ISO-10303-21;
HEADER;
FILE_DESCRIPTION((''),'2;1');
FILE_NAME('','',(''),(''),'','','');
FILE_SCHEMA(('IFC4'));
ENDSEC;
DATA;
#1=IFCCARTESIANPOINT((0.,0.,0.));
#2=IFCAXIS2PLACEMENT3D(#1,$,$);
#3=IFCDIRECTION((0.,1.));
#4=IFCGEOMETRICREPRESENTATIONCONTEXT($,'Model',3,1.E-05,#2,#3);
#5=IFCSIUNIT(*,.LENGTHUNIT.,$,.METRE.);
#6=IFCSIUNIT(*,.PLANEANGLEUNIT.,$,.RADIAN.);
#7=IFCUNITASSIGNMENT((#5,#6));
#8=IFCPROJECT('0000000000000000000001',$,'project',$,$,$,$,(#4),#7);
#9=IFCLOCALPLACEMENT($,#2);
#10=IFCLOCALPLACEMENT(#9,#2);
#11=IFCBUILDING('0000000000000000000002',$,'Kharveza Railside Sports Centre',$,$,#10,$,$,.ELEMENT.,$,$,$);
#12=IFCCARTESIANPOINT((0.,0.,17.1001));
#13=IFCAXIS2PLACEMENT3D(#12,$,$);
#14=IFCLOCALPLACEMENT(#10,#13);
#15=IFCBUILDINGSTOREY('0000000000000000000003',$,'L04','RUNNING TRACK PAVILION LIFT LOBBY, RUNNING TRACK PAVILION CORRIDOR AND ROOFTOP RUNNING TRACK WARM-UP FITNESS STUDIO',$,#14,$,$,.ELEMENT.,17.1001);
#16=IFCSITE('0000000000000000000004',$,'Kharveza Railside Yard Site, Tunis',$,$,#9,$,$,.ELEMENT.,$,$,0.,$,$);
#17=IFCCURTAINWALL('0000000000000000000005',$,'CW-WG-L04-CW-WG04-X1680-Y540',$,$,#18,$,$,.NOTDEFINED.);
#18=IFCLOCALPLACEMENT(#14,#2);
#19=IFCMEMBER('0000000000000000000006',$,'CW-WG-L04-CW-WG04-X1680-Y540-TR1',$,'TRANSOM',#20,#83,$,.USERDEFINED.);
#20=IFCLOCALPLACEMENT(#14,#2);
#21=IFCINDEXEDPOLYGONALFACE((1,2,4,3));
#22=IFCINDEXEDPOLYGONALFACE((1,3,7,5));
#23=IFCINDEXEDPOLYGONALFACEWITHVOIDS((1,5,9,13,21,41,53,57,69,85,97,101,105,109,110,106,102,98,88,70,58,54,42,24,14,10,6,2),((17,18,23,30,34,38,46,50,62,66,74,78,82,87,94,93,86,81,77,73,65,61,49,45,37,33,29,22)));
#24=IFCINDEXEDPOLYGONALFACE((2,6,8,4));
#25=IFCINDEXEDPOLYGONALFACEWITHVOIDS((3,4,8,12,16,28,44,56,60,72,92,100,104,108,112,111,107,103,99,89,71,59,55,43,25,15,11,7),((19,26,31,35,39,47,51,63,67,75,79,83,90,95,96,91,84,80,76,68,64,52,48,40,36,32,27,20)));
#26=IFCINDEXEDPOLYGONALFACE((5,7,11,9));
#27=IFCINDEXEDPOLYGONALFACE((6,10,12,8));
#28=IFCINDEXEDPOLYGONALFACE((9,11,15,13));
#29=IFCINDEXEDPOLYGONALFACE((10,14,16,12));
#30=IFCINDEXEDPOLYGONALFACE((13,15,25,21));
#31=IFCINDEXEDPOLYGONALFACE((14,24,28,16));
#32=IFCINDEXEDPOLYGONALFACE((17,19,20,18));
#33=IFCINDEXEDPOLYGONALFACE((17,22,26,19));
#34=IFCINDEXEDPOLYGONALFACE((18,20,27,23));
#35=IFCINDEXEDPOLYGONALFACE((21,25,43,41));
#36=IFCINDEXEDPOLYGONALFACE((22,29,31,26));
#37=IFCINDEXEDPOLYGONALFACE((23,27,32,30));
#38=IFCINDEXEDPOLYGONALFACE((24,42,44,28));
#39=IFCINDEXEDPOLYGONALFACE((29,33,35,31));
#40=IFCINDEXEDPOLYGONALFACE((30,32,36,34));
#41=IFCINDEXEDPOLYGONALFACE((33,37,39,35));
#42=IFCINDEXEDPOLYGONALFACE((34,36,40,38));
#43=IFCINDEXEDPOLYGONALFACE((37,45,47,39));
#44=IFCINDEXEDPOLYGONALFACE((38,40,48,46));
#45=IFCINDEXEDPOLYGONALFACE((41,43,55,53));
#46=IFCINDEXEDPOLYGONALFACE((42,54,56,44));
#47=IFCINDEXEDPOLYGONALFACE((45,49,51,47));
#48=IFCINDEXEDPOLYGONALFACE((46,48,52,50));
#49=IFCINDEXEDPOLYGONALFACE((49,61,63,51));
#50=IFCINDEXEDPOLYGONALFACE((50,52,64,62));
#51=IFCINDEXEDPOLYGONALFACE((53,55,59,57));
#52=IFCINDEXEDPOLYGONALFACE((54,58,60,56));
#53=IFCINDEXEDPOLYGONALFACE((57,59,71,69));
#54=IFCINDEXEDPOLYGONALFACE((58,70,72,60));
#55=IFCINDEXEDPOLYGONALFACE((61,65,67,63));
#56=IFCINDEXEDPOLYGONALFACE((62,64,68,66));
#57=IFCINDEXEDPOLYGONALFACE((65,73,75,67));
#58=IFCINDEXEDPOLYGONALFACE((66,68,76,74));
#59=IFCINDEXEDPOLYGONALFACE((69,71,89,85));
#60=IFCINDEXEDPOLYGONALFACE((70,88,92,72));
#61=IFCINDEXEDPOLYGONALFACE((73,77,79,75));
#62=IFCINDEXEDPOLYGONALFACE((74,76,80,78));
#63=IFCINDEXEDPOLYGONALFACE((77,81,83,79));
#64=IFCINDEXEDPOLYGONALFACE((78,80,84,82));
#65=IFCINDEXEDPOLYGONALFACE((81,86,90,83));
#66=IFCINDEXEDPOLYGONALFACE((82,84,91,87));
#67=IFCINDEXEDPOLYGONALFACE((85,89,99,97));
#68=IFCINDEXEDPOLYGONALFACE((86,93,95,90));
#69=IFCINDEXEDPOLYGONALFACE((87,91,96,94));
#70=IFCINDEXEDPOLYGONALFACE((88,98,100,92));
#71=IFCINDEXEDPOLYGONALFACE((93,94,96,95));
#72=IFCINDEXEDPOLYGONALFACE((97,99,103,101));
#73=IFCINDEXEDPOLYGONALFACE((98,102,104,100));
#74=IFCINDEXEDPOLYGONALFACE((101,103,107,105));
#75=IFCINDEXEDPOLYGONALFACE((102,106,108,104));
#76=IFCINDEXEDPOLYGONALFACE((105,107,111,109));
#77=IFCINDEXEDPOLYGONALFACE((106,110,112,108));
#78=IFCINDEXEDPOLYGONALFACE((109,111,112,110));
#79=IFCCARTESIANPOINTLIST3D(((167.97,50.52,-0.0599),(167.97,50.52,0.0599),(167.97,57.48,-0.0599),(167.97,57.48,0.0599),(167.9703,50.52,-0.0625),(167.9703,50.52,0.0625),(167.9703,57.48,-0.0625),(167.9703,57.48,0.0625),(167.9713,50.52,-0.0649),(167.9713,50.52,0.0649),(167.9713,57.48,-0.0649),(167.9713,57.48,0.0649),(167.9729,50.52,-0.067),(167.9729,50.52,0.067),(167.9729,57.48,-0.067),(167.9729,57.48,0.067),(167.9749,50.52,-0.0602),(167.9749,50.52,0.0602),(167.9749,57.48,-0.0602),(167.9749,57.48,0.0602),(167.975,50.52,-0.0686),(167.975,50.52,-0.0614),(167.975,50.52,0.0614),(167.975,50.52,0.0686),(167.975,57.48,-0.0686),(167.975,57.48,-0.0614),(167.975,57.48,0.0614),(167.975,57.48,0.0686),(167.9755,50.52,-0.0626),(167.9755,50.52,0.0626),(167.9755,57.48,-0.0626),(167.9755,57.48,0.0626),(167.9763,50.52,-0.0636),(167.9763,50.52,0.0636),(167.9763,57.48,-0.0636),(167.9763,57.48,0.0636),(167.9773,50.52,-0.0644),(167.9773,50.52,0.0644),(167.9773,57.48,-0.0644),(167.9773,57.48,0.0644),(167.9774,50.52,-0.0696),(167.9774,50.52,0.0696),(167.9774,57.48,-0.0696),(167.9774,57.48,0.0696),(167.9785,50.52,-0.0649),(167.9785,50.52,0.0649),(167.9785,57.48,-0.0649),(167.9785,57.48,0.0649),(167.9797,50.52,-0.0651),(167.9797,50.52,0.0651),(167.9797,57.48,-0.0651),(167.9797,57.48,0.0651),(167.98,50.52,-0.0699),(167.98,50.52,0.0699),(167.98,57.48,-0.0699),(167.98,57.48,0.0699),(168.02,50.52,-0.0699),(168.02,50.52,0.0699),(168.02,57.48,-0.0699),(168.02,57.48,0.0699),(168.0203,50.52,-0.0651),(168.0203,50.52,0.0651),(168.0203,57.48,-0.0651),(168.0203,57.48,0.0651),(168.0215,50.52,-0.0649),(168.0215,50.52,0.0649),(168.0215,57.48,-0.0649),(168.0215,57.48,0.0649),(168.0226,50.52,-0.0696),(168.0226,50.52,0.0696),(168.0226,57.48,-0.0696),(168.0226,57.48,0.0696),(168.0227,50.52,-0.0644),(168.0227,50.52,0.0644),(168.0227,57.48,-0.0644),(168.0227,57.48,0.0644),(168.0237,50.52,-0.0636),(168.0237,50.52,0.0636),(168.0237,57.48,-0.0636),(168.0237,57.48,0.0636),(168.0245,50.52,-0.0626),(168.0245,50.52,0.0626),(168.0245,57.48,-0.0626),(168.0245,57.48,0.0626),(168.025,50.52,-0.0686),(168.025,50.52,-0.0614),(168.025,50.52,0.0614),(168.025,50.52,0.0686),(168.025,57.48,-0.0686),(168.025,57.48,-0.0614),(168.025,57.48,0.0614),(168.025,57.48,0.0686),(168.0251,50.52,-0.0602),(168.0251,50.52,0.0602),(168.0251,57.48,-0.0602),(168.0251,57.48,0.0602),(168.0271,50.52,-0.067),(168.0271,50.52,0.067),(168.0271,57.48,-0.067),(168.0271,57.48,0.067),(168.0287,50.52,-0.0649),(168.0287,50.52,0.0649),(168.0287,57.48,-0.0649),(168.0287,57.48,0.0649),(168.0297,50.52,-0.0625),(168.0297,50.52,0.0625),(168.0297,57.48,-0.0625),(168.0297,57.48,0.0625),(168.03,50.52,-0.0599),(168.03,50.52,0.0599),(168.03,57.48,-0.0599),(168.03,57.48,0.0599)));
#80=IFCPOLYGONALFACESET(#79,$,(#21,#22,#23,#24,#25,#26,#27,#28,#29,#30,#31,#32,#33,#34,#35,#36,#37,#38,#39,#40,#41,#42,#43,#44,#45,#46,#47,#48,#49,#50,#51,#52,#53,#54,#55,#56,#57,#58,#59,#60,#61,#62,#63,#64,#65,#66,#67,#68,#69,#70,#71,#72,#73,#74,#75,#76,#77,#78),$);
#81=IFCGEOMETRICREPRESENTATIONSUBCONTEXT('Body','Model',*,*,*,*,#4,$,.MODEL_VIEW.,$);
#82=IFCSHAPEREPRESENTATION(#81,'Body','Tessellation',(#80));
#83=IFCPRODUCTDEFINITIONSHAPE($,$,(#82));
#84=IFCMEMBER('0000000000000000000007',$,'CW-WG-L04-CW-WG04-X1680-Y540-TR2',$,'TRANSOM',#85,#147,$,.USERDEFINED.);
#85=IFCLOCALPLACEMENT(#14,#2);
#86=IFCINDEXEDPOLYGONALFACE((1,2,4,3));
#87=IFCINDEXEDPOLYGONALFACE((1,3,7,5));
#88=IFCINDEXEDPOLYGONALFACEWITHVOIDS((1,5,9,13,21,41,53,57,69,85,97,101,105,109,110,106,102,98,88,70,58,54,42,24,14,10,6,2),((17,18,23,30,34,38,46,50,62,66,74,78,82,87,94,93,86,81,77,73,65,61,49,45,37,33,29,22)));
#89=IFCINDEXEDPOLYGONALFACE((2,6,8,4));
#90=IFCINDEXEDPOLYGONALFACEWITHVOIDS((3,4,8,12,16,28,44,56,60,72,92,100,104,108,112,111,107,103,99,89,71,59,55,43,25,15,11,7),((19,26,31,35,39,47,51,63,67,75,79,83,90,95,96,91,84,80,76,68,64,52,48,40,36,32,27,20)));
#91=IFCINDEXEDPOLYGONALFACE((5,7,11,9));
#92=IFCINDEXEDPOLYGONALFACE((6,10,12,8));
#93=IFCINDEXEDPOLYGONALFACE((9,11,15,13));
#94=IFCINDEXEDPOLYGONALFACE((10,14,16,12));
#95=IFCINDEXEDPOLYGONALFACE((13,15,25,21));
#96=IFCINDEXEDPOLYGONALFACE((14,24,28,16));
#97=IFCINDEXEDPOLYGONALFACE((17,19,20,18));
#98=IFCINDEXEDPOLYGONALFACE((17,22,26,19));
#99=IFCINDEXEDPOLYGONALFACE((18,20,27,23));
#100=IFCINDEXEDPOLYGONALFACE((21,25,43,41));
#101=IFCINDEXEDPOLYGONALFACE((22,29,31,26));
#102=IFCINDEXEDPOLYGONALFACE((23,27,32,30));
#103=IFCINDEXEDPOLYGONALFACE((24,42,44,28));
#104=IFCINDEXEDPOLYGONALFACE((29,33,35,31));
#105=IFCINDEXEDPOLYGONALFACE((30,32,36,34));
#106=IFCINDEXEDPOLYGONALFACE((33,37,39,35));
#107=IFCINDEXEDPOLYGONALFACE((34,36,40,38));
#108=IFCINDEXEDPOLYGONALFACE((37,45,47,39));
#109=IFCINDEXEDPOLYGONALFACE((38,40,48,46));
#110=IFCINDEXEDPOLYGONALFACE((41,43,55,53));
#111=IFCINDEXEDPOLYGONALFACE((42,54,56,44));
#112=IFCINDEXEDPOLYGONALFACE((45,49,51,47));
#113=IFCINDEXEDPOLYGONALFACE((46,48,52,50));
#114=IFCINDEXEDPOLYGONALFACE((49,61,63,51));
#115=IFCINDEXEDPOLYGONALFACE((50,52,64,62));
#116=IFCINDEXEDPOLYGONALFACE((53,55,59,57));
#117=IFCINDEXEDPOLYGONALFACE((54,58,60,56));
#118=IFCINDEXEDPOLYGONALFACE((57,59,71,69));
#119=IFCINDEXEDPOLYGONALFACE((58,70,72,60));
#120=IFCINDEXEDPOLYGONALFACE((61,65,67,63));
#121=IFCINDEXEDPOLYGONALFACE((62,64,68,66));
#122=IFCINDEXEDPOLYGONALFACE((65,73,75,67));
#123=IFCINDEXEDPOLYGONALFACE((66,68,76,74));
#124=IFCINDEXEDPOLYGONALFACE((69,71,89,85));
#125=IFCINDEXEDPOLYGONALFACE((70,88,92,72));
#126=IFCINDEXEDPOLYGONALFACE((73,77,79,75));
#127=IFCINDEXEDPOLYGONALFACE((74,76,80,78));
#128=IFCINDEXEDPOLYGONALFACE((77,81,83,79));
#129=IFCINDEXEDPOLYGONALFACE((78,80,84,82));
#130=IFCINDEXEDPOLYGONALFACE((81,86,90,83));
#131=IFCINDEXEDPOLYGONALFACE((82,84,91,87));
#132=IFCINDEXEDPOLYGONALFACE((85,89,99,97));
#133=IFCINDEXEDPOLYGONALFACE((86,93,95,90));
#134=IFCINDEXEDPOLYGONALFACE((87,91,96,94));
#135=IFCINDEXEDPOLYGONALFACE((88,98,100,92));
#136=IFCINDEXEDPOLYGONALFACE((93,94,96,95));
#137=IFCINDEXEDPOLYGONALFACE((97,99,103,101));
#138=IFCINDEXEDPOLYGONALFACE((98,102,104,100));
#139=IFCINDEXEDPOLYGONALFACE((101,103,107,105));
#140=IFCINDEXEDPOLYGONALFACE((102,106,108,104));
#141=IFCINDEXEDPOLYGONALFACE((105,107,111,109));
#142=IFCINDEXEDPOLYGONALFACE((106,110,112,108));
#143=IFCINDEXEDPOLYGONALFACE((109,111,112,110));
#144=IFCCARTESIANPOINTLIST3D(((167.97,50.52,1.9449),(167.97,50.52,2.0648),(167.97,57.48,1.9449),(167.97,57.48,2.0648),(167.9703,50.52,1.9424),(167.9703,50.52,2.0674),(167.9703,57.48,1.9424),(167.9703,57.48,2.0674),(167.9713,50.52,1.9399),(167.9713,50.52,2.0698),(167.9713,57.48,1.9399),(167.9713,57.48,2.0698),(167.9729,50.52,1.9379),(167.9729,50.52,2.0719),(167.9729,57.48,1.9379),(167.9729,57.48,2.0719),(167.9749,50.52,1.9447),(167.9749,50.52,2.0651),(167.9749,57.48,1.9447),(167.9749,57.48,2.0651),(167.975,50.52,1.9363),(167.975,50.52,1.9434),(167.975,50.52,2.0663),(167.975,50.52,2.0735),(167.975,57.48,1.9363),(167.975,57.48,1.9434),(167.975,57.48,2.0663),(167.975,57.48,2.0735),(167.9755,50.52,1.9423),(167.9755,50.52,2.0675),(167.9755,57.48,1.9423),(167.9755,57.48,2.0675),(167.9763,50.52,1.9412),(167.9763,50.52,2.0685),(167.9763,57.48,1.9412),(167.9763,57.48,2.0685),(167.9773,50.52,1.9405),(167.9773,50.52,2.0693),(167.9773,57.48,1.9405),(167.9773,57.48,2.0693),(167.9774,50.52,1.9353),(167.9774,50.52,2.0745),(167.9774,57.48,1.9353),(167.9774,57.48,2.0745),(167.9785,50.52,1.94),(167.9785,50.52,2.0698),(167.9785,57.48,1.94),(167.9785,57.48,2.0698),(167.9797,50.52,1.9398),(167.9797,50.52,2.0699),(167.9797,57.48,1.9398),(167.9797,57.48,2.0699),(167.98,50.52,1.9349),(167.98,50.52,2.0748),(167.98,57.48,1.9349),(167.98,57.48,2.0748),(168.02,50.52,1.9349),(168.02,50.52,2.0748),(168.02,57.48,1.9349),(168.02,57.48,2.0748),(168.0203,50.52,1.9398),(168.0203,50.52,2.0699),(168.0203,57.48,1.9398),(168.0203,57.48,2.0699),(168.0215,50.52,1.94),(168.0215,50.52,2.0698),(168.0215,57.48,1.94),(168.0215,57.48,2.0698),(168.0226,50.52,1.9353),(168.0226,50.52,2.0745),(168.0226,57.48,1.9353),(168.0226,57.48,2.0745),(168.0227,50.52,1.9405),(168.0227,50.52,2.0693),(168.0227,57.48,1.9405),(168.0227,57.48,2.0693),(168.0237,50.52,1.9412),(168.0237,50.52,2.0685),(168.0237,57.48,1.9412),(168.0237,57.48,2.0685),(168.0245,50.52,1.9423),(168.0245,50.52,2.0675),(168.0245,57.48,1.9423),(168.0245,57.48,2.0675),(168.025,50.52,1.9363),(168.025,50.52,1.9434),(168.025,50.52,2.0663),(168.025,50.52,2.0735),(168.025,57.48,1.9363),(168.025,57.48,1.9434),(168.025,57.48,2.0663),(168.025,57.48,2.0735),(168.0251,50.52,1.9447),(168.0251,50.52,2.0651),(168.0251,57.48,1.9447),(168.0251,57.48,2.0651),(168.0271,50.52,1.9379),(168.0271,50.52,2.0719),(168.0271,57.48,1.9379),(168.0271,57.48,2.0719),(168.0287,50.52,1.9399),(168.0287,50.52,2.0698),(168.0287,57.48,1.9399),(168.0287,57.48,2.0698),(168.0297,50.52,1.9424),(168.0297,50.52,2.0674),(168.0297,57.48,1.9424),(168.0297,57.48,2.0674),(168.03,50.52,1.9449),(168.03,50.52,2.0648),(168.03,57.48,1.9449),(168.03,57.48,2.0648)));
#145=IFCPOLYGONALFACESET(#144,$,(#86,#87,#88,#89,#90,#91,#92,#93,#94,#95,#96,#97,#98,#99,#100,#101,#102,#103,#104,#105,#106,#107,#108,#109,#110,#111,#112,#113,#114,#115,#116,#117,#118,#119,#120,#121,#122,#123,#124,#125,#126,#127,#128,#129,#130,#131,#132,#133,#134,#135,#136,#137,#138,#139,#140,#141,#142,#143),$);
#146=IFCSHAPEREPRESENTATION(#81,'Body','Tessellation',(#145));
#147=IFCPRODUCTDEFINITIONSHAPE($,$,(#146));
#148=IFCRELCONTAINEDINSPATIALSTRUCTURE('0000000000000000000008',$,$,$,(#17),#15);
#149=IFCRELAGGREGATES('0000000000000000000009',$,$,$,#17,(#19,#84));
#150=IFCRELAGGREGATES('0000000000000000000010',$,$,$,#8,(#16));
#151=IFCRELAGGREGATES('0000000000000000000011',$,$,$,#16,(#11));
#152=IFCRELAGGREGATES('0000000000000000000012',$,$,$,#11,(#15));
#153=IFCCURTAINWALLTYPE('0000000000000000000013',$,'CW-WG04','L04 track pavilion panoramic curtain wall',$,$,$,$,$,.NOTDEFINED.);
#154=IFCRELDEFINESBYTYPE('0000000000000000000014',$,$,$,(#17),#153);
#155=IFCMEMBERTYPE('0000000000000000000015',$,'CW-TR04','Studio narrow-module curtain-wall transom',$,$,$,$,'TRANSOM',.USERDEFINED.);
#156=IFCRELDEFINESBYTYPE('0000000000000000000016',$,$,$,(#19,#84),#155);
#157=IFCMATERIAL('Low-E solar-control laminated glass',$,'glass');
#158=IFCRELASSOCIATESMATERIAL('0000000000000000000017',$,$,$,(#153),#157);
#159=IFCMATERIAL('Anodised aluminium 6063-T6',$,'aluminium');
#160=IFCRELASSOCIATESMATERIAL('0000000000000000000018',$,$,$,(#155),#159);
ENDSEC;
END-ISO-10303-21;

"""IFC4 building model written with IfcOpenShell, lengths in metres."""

from ifc_helpers import new_model, si_unit, direction, frame, origin, origin_2d, place, context, subcontext, project, spatial, hollow_rectangle, extrude, material, material_profile, profile_set, type_object, element, aggregate, save


model = new_model("IFC4")

# Units and contexts
model_context = context("Model", 3, precision=1e-05, world=origin(), true_north=direction((0.0, 1.0)))
body_context = subcontext(model_context, "Body", "Model", "MODEL_VIEW")
ifc_project = project(units=[si_unit("LENGTHUNIT", "METRE"), si_unit("PLANEANGLEUNIT", "RADIAN")], contexts=[model_context])

# Site, building, storey
site_placement = place(None, origin())
site = spatial("IfcSite", under=ifc_project, at=site_placement, Name="Kharveza Railside Yard Site, Tunis", CompositionType="ELEMENT", RefElevation=0.0)
building_placement = place(site_placement, origin())
building = spatial("IfcBuilding", under=site, at=building_placement, Name="Kharveza Railside Sports Centre", CompositionType="ELEMENT")
storey_placement = place(building_placement, frame((0.0, 0.0, 17.1001)))
storey = spatial("IfcBuildingStorey", under=building, at=storey_placement, Name="L04", Description="RUNNING TRACK PAVILION LIFT LOBBY, RUNNING TRACK PAVILION CORRIDOR AND ROOFTOP RUNNING TRACK WARM-UP FITNESS STUDIO", CompositionType="ELEMENT", Elevation=17.1001)

# Curtain wall, members
ifc_material_1 = material(Name="Low-E solar-control laminated glass", Category="glass")
curtain_wall_type = type_object("IfcCurtainWallType", Name="CW-WG04", Description="L04 track pavilion panoramic curtain wall", PredefinedType="NOTDEFINED", material=ifc_material_1)
curtain_wall_placement = place(storey_placement, origin())
curtain_wall = element("IfcCurtainWall", 1, at=curtain_wall_placement, inside=storey, type_object=curtain_wall_type, Name="CW-WG-L04-CW-WG04-X1680-Y540", PredefinedType="NOTDEFINED")
ifc_material_2 = material(Name="Anodised aluminium 6063-T6", Category="aluminium")
ifc_material_profile_1 = material_profile(ifc_material_2, hollow_rectangle(XDim=0.0601, YDim=0.1399, WallThickness=0.0049, InnerFilletRadius=0.0049, OuterFilletRadius=0.01, at=origin_2d()), Name="RHS 60x140x5.0")
ifc_profile_set_1 = profile_set([ifc_material_profile_1], Name="Anodised aluminium 6063-T6")
member_type_1 = type_object("IfcMemberType", Name="CW-TR04", Description="Studio narrow-module curtain-wall transom", ElementType="TRANSOM", PredefinedType="USERDEFINED", material=ifc_profile_set_1)
member_1_placement = place(storey_placement, frame((168.0, 50.52, 0.0), z_axis=(0.0, 1.0, 0.0), x_axis=(-1.0, 0.0, 0.0)))
member_1 = element("IfcMember", 2, at=member_1_placement, type_object=member_type_1, Name="CW-WG-L04-CW-WG04-X1680-Y540-TR1", ObjectType="TRANSOM", PredefinedType="USERDEFINED", context=body_context, shape_type="SweptSolid", body=[
    extrude(hollow_rectangle(XDim=0.0601, YDim=0.1399, WallThickness=0.0049, InnerFilletRadius=0.0049, OuterFilletRadius=0.01, at=origin_2d()), origin(), (0.0, 0.0, 1.0), 6.96),
])
member_2_placement = place(storey_placement, frame((168.0, 50.52, 2.0049), z_axis=(0.0, 1.0, 0.0), x_axis=(-1.0, 0.0, 0.0)))
member_2 = element("IfcMember", 3, at=member_2_placement, type_object=member_type_1, Name="CW-WG-L04-CW-WG04-X1680-Y540-TR2", ObjectType="TRANSOM", PredefinedType="USERDEFINED", context=body_context, shape_type="SweptSolid", body=[
    extrude(hollow_rectangle(XDim=0.0601, YDim=0.1399, WallThickness=0.0049, InnerFilletRadius=0.0049, OuterFilletRadius=0.01, at=origin_2d()), origin(), (0.0, 0.0, 1.0), 6.96),
])
aggregate(curtain_wall, [member_1, member_2])

save(model, "model.ifc")
